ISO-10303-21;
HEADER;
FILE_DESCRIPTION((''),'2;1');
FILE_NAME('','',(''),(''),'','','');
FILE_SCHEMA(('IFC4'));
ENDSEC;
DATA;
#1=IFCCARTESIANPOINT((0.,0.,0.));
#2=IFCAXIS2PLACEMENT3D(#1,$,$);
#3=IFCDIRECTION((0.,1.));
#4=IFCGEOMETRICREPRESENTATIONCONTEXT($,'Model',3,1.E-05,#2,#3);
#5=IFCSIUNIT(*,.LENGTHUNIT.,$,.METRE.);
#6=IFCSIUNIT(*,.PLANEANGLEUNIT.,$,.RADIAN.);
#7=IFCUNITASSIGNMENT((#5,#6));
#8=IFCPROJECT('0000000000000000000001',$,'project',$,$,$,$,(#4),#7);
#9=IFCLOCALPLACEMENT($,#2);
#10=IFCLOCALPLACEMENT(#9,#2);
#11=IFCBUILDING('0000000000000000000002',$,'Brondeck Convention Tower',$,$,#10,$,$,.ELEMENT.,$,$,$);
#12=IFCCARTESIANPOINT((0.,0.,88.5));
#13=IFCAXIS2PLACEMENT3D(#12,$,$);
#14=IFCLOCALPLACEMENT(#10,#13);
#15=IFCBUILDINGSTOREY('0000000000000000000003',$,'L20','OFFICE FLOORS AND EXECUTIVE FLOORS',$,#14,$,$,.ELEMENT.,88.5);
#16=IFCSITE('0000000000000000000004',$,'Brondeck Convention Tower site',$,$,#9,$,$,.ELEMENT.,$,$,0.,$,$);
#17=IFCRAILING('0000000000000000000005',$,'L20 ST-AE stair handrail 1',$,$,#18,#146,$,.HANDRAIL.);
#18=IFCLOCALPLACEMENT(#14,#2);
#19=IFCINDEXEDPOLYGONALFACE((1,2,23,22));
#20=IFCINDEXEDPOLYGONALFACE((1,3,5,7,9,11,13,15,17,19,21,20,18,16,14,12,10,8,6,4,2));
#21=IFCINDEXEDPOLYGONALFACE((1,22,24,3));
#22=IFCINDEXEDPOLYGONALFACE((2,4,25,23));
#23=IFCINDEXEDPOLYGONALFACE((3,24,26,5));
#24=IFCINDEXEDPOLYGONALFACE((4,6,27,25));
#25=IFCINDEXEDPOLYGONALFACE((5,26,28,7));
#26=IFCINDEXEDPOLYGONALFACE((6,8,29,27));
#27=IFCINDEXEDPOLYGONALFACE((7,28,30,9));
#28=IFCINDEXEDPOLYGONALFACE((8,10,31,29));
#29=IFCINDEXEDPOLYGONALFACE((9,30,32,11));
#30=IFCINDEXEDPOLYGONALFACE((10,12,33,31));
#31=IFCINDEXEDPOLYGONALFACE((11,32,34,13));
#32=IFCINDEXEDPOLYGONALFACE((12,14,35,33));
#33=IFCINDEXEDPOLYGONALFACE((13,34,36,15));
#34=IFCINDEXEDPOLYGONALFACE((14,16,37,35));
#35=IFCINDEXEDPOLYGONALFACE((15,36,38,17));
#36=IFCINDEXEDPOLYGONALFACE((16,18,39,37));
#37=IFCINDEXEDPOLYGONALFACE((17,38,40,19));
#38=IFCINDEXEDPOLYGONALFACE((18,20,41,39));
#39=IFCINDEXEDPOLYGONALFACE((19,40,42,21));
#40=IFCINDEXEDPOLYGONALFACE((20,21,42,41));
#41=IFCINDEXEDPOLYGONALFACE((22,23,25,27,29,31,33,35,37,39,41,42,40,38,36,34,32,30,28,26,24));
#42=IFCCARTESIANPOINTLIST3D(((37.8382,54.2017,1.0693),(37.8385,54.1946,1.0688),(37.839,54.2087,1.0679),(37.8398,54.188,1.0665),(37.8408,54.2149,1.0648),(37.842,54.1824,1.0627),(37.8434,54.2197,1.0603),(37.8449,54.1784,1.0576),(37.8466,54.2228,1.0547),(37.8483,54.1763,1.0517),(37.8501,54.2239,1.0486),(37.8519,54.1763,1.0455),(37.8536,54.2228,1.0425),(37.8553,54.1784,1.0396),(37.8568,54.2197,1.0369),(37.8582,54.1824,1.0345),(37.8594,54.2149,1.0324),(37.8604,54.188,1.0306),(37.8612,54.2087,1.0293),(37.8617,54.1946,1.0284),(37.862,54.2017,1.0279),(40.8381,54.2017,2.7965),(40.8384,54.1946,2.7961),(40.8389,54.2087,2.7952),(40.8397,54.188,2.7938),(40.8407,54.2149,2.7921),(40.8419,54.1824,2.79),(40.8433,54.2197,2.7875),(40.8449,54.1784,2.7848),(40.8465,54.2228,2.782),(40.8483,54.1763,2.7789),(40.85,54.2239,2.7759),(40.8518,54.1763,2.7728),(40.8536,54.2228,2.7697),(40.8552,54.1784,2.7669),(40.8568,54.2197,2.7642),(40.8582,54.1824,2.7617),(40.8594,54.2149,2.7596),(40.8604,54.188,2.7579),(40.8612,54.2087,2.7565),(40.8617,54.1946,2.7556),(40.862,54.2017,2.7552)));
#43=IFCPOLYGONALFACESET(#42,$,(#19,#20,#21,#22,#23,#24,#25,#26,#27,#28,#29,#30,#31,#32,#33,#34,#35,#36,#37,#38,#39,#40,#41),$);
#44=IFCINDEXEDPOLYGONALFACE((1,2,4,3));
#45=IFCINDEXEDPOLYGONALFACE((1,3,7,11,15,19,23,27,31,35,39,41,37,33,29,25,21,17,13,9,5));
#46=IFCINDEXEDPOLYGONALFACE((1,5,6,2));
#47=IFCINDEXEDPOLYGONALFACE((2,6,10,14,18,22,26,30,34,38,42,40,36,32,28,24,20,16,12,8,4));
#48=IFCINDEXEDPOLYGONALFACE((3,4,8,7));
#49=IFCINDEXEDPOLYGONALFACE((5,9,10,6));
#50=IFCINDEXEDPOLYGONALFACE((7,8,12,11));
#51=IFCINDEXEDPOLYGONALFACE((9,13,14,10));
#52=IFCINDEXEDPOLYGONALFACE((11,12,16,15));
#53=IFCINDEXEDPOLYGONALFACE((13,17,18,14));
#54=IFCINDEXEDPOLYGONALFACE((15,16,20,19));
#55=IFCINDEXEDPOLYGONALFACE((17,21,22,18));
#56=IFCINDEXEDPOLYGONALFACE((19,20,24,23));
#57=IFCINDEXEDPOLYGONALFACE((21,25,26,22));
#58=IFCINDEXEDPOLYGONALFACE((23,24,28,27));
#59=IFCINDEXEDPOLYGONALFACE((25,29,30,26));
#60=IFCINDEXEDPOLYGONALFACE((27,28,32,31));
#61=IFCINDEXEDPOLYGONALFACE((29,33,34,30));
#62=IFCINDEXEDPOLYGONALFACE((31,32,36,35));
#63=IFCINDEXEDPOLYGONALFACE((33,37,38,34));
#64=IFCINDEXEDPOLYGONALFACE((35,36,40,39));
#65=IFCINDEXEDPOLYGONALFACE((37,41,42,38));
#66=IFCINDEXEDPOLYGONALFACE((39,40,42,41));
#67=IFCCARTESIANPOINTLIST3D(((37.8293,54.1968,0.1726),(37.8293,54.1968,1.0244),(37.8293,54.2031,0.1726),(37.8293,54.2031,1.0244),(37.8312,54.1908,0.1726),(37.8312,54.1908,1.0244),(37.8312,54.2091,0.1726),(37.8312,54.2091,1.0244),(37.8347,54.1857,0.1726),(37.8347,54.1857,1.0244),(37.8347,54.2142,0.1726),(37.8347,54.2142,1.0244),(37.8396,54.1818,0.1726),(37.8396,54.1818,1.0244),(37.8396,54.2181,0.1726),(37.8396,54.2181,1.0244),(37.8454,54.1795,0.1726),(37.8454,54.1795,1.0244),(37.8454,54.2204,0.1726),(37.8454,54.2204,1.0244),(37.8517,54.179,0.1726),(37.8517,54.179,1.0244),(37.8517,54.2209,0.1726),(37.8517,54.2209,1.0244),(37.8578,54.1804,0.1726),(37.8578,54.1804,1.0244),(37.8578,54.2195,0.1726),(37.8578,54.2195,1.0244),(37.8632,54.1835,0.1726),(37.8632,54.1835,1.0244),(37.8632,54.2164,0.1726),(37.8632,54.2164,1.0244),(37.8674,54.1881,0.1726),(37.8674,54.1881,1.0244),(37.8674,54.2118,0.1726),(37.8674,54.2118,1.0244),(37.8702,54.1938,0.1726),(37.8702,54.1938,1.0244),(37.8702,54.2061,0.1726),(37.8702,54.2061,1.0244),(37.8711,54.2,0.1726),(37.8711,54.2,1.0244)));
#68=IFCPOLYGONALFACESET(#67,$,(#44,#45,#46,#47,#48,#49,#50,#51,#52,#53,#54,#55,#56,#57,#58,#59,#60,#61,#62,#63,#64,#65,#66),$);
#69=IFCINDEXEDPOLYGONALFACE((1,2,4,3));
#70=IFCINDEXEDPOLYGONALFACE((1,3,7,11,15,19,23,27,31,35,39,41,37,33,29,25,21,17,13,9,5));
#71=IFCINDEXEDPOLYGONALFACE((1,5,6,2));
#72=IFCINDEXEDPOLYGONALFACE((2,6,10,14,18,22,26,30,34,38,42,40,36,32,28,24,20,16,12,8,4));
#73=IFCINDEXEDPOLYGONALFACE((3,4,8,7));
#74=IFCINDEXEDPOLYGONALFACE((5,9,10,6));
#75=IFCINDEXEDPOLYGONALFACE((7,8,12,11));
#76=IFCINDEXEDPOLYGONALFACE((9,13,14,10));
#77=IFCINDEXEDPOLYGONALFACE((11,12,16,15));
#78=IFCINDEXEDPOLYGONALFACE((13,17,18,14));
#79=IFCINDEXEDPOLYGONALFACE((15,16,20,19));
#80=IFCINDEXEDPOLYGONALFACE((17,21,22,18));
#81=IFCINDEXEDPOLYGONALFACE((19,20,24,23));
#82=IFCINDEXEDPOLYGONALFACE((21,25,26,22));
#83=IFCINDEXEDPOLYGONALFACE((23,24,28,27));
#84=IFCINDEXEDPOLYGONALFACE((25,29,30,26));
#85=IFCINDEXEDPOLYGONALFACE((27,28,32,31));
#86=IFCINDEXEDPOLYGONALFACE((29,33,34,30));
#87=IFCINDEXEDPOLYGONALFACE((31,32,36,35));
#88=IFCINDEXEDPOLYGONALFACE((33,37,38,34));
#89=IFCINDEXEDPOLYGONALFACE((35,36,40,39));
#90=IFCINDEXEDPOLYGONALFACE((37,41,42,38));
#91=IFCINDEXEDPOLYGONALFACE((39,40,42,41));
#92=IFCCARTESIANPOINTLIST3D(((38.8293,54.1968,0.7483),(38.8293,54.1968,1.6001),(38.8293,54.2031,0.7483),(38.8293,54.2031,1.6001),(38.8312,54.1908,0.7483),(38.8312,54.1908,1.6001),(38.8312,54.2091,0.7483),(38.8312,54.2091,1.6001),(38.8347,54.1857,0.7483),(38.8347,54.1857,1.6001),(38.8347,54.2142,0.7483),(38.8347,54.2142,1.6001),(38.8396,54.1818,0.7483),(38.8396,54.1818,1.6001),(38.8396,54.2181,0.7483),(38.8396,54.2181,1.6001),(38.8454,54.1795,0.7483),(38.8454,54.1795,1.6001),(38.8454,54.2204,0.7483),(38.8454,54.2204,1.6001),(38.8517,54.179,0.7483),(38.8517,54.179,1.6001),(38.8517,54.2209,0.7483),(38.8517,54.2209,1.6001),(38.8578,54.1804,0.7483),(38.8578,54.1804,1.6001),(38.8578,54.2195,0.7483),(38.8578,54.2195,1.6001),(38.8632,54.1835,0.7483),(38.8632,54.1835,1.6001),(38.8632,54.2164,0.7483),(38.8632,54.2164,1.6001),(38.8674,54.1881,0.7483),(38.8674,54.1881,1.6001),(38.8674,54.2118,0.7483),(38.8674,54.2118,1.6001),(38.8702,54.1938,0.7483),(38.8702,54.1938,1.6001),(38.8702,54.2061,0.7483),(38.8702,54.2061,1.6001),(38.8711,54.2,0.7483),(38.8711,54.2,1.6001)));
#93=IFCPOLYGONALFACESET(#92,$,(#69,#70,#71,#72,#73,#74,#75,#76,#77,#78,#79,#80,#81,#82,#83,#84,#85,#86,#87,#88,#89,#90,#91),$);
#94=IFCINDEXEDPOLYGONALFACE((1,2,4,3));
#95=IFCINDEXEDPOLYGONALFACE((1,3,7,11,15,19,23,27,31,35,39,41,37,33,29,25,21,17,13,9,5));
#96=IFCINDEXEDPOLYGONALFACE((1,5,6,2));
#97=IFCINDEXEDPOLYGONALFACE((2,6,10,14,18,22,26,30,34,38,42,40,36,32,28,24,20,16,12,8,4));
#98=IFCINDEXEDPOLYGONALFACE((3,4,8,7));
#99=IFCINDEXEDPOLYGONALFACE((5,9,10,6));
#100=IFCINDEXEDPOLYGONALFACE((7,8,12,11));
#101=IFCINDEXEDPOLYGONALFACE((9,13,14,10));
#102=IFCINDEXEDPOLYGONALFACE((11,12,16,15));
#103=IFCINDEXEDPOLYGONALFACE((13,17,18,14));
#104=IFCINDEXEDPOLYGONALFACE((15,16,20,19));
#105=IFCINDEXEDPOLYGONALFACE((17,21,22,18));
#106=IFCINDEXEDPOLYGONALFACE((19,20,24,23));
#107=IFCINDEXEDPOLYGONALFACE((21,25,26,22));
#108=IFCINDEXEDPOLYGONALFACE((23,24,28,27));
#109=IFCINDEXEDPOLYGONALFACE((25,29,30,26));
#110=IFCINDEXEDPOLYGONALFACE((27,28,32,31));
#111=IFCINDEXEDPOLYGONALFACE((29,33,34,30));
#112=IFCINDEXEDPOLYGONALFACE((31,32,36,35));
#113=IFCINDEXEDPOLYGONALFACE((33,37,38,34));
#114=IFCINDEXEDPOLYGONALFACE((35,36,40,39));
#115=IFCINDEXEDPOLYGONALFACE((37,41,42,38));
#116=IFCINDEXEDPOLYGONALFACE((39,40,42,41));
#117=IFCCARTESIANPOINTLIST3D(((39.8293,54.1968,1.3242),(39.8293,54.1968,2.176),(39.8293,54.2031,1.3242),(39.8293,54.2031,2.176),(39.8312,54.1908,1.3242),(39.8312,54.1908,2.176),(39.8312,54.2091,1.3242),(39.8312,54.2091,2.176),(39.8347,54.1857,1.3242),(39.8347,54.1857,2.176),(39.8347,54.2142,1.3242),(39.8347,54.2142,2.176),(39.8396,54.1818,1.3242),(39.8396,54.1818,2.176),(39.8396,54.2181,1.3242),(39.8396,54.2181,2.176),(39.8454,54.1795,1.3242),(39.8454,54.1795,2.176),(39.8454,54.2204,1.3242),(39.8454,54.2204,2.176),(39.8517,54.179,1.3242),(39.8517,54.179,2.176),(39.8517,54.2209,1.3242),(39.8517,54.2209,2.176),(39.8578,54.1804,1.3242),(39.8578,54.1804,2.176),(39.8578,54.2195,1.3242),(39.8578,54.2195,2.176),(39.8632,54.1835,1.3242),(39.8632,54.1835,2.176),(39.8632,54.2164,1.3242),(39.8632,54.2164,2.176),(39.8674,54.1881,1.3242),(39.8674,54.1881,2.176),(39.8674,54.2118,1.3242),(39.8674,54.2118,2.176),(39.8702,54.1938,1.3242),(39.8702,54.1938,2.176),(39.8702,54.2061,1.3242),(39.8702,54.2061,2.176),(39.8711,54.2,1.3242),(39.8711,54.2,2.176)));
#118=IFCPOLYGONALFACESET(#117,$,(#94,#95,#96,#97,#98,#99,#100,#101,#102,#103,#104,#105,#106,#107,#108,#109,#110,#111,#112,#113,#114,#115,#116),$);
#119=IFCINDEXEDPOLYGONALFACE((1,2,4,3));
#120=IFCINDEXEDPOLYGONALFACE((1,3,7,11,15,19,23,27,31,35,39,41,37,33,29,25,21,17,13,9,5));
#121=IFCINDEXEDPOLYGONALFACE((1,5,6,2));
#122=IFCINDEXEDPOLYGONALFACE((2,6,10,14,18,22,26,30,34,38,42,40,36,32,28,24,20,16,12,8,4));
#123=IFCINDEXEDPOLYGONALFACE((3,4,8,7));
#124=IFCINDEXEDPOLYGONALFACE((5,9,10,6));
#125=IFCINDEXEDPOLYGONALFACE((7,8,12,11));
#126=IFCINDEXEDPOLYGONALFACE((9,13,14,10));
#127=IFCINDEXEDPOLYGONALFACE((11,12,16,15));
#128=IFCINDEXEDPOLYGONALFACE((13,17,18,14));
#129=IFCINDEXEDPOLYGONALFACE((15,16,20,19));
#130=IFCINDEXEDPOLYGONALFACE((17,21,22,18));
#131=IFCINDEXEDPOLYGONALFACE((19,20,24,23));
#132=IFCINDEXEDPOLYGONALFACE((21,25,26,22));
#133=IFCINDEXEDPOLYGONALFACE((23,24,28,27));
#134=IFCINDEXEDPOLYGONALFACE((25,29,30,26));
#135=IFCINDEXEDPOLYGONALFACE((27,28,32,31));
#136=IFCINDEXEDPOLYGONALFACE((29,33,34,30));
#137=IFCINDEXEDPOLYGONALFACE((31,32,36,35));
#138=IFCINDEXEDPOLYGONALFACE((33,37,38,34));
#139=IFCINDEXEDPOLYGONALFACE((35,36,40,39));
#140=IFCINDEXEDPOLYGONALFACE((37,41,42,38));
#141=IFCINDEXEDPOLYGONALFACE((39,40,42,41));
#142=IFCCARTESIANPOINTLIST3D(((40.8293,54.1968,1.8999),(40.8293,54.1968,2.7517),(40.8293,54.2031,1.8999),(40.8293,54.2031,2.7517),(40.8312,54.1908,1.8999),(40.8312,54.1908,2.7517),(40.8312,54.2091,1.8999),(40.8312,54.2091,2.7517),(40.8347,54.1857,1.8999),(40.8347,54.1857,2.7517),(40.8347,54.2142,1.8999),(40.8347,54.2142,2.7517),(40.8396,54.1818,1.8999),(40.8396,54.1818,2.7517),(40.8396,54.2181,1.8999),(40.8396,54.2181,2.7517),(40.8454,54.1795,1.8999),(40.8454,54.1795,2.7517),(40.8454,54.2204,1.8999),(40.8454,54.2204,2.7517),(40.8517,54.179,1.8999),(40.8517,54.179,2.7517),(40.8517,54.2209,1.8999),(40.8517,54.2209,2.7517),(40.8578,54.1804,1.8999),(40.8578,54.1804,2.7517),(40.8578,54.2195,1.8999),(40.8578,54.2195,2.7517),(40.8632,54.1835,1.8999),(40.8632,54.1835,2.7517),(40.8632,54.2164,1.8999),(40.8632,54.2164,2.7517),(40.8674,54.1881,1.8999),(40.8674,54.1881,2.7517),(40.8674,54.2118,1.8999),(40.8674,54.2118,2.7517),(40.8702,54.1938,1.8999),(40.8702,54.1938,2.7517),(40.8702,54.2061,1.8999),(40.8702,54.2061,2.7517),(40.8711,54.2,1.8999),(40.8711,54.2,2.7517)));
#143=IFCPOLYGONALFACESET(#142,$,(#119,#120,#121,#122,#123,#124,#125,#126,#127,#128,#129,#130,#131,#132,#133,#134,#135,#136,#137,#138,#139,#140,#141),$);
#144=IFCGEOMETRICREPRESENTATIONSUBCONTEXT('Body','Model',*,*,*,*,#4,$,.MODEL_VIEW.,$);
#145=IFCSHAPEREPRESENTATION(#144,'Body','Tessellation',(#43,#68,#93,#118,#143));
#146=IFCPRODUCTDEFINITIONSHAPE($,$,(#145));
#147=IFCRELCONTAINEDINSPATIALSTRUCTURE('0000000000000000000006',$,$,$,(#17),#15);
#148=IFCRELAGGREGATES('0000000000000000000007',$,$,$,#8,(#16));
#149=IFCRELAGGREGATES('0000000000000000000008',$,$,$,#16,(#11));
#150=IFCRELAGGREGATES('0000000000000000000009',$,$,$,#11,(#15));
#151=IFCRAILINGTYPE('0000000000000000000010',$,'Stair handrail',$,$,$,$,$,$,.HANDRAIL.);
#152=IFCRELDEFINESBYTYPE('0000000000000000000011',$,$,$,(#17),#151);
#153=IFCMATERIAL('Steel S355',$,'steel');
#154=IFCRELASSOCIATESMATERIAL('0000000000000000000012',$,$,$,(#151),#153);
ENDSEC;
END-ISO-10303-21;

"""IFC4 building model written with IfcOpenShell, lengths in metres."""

from ifc_helpers import new_model, si_unit, direction, frame, origin, origin_2d, place, context, subcontext, project, spatial, circle, extrude, material, type_object, element, save


model = new_model("IFC4")

# Units and contexts
model_context = context("Model", 3, precision=1e-05, world=origin(), true_north=direction((0.0, 1.0)))
body_context = subcontext(model_context, "Body", "Model", "MODEL_VIEW")
ifc_project = project(units=[si_unit("LENGTHUNIT", "METRE"), si_unit("PLANEANGLEUNIT", "RADIAN")], contexts=[model_context])

# Site, building, storey
site_placement = place(None, origin())
site = spatial("IfcSite", under=ifc_project, at=site_placement, Name="Brondeck Convention Tower site", CompositionType="ELEMENT", RefElevation=0.0)
building_placement = place(site_placement, origin())
building = spatial("IfcBuilding", under=site, at=building_placement, Name="Brondeck Convention Tower", CompositionType="ELEMENT")
storey_placement = place(building_placement, frame((0.0, 0.0, 88.5)))
storey = spatial("IfcBuildingStorey", under=building, at=storey_placement, Name="L20", Description="OFFICE FLOORS AND EXECUTIVE FLOORS", CompositionType="ELEMENT", Elevation=88.5)

# Shared definitions
ifc_material_1 = material(Name="Steel S355", Category="steel")

# Railing
railing_type_1 = type_object("IfcRailingType", Name="Stair handrail", PredefinedType="HANDRAIL", material=ifc_material_1)
railing_1_placement = place(storey_placement, frame((37.8501, 54.2, 0.1726)))
element("IfcRailing", 1, at=railing_1_placement, inside=storey, type_object=railing_type_1, Name="L20 ST-AE stair handrail 1", PredefinedType="HANDRAIL", context=body_context, shape_type="SweptSolid", body=[
    extrude(circle(Radius=0.0239, at=origin_2d()), frame((0.0, 0.0, 0.876), z_axis=(0.86662, 0.0, 0.498969), x_axis=(0.0, 1.0, 0.0)), (0.0, 0.0, 1.0), 3.4617),
    extrude(circle(Radius=0.021, at=origin_2d()), origin(), (0.0, 0.0, 1.0), 0.8518),
    extrude(circle(Radius=0.021, at=origin_2d()), frame((1.0, 0.0, 0.5757)), (0.0, 0.0, 1.0), 0.8518),
    extrude(circle(Radius=0.021, at=origin_2d()), frame((2.0, 0.0, 1.1516)), (0.0, 0.0, 1.0), 0.8518),
    extrude(circle(Radius=0.021, at=origin_2d()), frame((3.0, 0.0, 1.7273)), (0.0, 0.0, 1.0), 0.8518),
])

save(model, "model.ifc")
